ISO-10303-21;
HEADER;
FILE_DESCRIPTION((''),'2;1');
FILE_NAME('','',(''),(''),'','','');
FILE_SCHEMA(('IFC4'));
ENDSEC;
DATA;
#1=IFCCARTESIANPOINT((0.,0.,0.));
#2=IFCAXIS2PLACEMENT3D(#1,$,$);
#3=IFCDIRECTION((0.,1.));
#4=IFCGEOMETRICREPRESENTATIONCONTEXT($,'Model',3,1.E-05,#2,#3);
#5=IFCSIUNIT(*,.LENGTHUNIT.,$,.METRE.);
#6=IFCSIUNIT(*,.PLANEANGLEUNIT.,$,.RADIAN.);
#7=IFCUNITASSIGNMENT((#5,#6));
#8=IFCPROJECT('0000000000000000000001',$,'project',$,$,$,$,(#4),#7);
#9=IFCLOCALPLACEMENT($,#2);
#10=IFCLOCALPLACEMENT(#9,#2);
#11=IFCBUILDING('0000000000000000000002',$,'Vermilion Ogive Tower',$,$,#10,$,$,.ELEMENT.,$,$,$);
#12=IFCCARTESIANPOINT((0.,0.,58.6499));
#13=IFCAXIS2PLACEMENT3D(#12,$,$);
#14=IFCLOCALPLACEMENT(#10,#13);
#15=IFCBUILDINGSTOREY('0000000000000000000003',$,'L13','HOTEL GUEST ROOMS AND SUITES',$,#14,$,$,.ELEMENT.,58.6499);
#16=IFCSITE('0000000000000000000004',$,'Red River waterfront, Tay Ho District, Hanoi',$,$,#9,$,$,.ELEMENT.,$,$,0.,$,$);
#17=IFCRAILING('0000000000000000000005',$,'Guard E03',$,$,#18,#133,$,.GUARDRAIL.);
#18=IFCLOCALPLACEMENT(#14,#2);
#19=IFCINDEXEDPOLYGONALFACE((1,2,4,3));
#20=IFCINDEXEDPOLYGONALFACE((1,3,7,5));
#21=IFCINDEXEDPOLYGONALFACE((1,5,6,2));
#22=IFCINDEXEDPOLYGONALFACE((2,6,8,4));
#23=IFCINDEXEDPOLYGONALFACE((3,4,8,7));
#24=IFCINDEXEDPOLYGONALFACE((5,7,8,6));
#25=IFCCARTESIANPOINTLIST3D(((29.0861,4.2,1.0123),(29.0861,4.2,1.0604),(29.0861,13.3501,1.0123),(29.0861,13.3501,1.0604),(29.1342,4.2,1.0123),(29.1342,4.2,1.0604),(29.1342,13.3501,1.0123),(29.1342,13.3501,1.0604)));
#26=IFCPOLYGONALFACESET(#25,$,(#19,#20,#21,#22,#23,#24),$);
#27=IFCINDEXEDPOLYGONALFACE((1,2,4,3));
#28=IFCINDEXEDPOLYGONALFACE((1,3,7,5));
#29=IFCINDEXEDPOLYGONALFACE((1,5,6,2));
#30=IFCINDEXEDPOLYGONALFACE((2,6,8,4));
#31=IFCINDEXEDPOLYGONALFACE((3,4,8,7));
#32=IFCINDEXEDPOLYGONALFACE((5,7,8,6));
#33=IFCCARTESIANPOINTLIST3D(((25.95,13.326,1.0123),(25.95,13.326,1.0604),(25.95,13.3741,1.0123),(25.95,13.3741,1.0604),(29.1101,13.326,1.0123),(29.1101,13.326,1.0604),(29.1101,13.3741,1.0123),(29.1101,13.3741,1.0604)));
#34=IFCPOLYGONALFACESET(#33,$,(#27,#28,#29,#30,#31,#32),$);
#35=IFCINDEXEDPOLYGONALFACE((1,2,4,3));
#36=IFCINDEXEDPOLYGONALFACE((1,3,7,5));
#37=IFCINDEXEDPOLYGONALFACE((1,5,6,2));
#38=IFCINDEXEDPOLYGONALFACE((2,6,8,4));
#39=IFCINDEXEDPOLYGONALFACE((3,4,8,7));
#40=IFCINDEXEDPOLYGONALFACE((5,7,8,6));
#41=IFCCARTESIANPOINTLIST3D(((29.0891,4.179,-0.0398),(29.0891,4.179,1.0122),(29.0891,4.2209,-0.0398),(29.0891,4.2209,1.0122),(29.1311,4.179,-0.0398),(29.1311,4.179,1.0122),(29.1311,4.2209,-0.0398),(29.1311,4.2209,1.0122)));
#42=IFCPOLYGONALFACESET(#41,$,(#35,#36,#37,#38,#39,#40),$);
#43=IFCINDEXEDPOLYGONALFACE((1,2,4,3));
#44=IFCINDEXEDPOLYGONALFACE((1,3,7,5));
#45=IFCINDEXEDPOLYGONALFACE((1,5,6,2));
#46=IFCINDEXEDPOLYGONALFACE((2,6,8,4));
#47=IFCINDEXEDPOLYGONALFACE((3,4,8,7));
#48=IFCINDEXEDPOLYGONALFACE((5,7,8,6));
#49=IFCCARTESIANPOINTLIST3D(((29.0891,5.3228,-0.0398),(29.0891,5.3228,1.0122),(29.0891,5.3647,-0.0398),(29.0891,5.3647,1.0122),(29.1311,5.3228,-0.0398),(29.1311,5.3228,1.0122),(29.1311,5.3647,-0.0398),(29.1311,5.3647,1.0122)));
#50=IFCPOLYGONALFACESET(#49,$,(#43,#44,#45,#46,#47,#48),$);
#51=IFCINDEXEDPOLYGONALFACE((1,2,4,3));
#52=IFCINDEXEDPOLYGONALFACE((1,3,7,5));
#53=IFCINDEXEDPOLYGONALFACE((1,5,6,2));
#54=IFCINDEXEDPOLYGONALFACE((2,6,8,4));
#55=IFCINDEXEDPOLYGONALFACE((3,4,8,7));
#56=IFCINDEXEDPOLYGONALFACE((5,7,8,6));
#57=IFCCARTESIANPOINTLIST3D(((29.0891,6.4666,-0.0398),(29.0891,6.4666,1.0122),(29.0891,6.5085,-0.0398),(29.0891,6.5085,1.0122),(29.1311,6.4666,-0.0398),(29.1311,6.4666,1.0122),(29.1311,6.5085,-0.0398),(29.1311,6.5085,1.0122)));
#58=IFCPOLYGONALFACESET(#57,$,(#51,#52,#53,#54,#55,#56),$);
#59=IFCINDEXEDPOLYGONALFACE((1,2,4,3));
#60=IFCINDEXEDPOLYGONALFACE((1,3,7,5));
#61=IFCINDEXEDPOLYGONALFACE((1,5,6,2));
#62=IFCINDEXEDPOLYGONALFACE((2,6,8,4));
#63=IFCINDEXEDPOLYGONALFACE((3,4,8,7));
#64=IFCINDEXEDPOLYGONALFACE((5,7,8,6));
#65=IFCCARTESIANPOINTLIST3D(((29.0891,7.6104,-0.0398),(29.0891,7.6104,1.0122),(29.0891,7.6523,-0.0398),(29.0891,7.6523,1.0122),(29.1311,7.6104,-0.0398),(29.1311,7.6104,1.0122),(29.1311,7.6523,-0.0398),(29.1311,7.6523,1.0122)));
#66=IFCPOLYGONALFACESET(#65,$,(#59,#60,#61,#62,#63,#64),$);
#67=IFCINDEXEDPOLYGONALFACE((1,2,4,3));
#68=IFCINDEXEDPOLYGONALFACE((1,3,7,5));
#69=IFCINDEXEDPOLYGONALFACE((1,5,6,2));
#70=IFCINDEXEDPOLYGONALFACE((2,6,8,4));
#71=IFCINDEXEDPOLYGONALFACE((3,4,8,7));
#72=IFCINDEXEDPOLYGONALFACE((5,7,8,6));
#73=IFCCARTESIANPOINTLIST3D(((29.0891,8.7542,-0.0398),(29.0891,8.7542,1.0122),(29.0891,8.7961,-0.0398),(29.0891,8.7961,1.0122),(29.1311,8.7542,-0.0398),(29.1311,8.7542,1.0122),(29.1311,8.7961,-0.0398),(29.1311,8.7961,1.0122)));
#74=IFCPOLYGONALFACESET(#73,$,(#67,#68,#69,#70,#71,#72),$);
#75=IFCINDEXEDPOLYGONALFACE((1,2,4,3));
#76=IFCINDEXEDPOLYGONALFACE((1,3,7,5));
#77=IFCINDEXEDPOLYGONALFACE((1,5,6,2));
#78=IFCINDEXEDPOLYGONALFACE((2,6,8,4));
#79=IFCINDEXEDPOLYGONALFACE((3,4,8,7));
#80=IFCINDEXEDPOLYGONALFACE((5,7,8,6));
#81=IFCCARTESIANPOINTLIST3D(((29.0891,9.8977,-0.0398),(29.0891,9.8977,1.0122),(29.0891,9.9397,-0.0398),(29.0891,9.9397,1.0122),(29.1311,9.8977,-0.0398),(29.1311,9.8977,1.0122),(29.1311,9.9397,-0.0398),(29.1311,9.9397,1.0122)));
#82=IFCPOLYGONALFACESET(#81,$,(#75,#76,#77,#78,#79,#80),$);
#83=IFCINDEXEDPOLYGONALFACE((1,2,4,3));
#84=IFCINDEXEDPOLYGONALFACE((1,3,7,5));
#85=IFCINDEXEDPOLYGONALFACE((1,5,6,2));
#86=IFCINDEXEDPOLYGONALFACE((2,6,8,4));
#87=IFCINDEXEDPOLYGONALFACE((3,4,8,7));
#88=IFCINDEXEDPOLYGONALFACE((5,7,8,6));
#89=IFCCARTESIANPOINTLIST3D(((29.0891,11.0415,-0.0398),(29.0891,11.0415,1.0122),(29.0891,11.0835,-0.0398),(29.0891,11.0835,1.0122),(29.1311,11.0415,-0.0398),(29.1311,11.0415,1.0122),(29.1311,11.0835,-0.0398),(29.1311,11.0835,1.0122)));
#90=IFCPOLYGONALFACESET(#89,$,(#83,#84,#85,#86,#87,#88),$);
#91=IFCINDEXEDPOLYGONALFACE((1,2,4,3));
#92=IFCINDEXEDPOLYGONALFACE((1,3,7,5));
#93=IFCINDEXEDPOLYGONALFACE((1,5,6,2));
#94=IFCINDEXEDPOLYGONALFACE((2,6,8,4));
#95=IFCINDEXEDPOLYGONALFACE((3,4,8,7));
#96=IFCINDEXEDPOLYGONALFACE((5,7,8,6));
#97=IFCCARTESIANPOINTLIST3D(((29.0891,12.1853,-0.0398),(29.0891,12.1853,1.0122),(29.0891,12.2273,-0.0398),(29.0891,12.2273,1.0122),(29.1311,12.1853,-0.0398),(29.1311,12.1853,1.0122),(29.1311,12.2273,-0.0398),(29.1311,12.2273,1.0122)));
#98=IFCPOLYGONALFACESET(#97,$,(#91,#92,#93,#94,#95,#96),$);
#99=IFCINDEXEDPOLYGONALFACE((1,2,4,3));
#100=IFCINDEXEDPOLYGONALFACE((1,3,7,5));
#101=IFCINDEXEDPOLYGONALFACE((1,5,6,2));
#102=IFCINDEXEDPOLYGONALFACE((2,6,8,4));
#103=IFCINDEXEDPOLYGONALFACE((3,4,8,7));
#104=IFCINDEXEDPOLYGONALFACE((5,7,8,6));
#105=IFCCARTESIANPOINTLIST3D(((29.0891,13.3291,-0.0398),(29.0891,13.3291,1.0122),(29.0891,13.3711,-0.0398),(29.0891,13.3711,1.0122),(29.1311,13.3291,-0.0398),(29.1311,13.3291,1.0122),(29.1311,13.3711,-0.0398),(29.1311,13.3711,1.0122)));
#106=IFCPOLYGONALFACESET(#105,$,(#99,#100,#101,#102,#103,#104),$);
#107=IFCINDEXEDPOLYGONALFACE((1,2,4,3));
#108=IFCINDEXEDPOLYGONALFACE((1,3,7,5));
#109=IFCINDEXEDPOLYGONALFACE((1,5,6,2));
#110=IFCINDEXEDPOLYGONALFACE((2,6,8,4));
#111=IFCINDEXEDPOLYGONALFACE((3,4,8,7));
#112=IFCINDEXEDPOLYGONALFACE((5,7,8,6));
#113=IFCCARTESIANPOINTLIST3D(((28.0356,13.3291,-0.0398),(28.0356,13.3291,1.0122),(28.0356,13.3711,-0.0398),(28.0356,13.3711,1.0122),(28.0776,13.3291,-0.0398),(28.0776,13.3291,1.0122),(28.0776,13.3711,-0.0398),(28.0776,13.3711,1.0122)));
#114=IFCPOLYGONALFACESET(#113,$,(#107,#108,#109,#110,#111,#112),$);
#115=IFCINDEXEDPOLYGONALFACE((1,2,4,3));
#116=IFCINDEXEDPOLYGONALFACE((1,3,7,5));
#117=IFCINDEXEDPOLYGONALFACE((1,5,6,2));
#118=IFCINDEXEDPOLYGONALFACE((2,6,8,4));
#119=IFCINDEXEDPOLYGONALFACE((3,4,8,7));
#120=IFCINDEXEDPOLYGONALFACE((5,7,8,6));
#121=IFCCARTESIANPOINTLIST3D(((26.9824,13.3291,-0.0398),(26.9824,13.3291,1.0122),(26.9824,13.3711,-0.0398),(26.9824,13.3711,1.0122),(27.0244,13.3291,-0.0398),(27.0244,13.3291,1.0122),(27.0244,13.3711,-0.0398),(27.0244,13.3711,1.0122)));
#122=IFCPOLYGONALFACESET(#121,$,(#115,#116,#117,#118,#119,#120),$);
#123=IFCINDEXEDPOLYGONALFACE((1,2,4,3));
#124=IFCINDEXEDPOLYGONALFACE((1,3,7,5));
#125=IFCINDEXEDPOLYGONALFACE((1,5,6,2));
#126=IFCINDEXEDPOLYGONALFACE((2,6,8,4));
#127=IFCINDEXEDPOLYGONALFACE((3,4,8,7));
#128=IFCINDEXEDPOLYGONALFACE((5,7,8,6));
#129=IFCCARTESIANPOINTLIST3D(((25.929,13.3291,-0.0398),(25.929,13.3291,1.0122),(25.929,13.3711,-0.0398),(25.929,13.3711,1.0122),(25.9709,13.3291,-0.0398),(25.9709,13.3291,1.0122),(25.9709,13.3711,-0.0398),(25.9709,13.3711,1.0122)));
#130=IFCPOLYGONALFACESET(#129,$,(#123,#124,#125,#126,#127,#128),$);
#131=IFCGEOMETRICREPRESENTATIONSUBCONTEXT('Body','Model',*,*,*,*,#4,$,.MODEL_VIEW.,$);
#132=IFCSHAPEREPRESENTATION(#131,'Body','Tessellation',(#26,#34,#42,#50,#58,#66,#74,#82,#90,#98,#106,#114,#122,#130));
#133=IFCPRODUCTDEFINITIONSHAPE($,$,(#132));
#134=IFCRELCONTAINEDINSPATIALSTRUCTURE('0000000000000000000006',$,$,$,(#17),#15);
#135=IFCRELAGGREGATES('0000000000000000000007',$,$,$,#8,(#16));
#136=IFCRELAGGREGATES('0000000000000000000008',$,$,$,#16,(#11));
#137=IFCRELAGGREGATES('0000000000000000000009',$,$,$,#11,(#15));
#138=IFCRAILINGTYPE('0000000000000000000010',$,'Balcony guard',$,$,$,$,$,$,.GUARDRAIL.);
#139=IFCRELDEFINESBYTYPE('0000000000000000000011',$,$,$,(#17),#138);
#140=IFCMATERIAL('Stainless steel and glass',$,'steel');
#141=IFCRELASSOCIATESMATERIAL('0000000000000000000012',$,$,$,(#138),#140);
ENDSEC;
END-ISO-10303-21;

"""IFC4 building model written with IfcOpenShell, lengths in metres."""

from ifc_helpers import new_model, si_unit, direction, frame, origin, origin_2d, place, context, subcontext, project, spatial, rectangle, extrude, material, type_object, element, save


model = new_model("IFC4")

# Units and contexts
model_context = context("Model", 3, precision=1e-05, world=origin(), true_north=direction((0.0, 1.0)))
body_context = subcontext(model_context, "Body", "Model", "MODEL_VIEW")
ifc_project = project(units=[si_unit("LENGTHUNIT", "METRE"), si_unit("PLANEANGLEUNIT", "RADIAN")], contexts=[model_context])

# Site, building, storey
site_placement = place(None, origin())
site = spatial("IfcSite", under=ifc_project, at=site_placement, Name="Red River waterfront, Tay Ho District, Hanoi", CompositionType="ELEMENT", RefElevation=0.0)
building_placement = place(site_placement, origin())
building = spatial("IfcBuilding", under=site, at=building_placement, Name="Vermilion Ogive Tower", CompositionType="ELEMENT")
storey_placement = place(building_placement, frame((0.0, 0.0, 58.6499)))
storey = spatial("IfcBuildingStorey", under=building, at=storey_placement, Name="L13", Description="HOTEL GUEST ROOMS AND SUITES", CompositionType="ELEMENT", Elevation=58.6499)

# Railing
ifc_material_1 = material(Name="Stainless steel and glass", Category="steel")
railing_type_1 = type_object("IfcRailingType", Name="Balcony guard", PredefinedType="GUARDRAIL", material=ifc_material_1)
railing_1_placement = place(storey_placement, frame((29.1101, 4.2, -0.0398)))
element("IfcRailing", 1, at=railing_1_placement, inside=storey, type_object=railing_type_1, Name="Guard E03", PredefinedType="GUARDRAIL", context=body_context, shape_type="SweptSolid", body=[
    extrude(rectangle(XDim=0.0481, YDim=0.0481, at=origin_2d()), frame((0.0, 0.0, 1.0762), z_axis=(0.0, 1.0, 0.0), x_axis=(-1.0, 0.0, 0.0)), (0.0, 0.0, 1.0), 9.1501),
    extrude(rectangle(XDim=0.0481, YDim=0.0481, at=origin_2d()), frame((0.0, 9.1501, 1.0762), z_axis=(-1.0, 0.0, 0.0), x_axis=(0.0, -1.0, 0.0)), (0.0, 0.0, 1.0), 3.1602),
    extrude(rectangle(XDim=0.042, YDim=0.042, at=origin_2d()), origin(), (0.0, 0.0, 1.0), 1.052),
    extrude(rectangle(XDim=0.042, YDim=0.042, at=origin_2d()), frame((0.0, 1.1438, 0.0)), (0.0, 0.0, 1.0), 1.052),
    extrude(rectangle(XDim=0.042, YDim=0.042, at=origin_2d()), frame((0.0, 2.2876, 0.0)), (0.0, 0.0, 1.0), 1.052),
    extrude(rectangle(XDim=0.042, YDim=0.042, at=origin_2d()), frame((0.0, 3.4314, 0.0)), (0.0, 0.0, 1.0), 1.052),
    extrude(rectangle(XDim=0.042, YDim=0.042, at=origin_2d()), frame((0.0, 4.5752, 0.0)), (0.0, 0.0, 1.0), 1.052),
    extrude(rectangle(XDim=0.042, YDim=0.042, at=origin_2d()), frame((0.0, 5.7188, 0.0)), (0.0, 0.0, 1.0), 1.052),
    extrude(rectangle(XDim=0.042, YDim=0.042, at=origin_2d()), frame((0.0, 6.8625, 0.0)), (0.0, 0.0, 1.0), 1.052),
    extrude(rectangle(XDim=0.042, YDim=0.042, at=origin_2d()), frame((0.0, 8.0063, 0.0)), (0.0, 0.0, 1.0), 1.052),
    extrude(rectangle(XDim=0.042, YDim=0.042, at=origin_2d()), frame((0.0, 9.1501, 0.0)), (0.0, 0.0, 1.0), 1.052),
    extrude(rectangle(XDim=0.042, YDim=0.042, at=origin_2d()), frame((-1.0535, 9.1501, 0.0)), (0.0, 0.0, 1.0), 1.052),
    extrude(rectangle(XDim=0.042, YDim=0.042, at=origin_2d()), frame((-2.1067, 9.1501, 0.0)), (0.0, 0.0, 1.0), 1.052),
    extrude(rectangle(XDim=0.042, YDim=0.042, at=origin_2d()), frame((-3.1602, 9.1501, 0.0)), (0.0, 0.0, 1.0), 1.052),
])

save(model, "model.ifc")
